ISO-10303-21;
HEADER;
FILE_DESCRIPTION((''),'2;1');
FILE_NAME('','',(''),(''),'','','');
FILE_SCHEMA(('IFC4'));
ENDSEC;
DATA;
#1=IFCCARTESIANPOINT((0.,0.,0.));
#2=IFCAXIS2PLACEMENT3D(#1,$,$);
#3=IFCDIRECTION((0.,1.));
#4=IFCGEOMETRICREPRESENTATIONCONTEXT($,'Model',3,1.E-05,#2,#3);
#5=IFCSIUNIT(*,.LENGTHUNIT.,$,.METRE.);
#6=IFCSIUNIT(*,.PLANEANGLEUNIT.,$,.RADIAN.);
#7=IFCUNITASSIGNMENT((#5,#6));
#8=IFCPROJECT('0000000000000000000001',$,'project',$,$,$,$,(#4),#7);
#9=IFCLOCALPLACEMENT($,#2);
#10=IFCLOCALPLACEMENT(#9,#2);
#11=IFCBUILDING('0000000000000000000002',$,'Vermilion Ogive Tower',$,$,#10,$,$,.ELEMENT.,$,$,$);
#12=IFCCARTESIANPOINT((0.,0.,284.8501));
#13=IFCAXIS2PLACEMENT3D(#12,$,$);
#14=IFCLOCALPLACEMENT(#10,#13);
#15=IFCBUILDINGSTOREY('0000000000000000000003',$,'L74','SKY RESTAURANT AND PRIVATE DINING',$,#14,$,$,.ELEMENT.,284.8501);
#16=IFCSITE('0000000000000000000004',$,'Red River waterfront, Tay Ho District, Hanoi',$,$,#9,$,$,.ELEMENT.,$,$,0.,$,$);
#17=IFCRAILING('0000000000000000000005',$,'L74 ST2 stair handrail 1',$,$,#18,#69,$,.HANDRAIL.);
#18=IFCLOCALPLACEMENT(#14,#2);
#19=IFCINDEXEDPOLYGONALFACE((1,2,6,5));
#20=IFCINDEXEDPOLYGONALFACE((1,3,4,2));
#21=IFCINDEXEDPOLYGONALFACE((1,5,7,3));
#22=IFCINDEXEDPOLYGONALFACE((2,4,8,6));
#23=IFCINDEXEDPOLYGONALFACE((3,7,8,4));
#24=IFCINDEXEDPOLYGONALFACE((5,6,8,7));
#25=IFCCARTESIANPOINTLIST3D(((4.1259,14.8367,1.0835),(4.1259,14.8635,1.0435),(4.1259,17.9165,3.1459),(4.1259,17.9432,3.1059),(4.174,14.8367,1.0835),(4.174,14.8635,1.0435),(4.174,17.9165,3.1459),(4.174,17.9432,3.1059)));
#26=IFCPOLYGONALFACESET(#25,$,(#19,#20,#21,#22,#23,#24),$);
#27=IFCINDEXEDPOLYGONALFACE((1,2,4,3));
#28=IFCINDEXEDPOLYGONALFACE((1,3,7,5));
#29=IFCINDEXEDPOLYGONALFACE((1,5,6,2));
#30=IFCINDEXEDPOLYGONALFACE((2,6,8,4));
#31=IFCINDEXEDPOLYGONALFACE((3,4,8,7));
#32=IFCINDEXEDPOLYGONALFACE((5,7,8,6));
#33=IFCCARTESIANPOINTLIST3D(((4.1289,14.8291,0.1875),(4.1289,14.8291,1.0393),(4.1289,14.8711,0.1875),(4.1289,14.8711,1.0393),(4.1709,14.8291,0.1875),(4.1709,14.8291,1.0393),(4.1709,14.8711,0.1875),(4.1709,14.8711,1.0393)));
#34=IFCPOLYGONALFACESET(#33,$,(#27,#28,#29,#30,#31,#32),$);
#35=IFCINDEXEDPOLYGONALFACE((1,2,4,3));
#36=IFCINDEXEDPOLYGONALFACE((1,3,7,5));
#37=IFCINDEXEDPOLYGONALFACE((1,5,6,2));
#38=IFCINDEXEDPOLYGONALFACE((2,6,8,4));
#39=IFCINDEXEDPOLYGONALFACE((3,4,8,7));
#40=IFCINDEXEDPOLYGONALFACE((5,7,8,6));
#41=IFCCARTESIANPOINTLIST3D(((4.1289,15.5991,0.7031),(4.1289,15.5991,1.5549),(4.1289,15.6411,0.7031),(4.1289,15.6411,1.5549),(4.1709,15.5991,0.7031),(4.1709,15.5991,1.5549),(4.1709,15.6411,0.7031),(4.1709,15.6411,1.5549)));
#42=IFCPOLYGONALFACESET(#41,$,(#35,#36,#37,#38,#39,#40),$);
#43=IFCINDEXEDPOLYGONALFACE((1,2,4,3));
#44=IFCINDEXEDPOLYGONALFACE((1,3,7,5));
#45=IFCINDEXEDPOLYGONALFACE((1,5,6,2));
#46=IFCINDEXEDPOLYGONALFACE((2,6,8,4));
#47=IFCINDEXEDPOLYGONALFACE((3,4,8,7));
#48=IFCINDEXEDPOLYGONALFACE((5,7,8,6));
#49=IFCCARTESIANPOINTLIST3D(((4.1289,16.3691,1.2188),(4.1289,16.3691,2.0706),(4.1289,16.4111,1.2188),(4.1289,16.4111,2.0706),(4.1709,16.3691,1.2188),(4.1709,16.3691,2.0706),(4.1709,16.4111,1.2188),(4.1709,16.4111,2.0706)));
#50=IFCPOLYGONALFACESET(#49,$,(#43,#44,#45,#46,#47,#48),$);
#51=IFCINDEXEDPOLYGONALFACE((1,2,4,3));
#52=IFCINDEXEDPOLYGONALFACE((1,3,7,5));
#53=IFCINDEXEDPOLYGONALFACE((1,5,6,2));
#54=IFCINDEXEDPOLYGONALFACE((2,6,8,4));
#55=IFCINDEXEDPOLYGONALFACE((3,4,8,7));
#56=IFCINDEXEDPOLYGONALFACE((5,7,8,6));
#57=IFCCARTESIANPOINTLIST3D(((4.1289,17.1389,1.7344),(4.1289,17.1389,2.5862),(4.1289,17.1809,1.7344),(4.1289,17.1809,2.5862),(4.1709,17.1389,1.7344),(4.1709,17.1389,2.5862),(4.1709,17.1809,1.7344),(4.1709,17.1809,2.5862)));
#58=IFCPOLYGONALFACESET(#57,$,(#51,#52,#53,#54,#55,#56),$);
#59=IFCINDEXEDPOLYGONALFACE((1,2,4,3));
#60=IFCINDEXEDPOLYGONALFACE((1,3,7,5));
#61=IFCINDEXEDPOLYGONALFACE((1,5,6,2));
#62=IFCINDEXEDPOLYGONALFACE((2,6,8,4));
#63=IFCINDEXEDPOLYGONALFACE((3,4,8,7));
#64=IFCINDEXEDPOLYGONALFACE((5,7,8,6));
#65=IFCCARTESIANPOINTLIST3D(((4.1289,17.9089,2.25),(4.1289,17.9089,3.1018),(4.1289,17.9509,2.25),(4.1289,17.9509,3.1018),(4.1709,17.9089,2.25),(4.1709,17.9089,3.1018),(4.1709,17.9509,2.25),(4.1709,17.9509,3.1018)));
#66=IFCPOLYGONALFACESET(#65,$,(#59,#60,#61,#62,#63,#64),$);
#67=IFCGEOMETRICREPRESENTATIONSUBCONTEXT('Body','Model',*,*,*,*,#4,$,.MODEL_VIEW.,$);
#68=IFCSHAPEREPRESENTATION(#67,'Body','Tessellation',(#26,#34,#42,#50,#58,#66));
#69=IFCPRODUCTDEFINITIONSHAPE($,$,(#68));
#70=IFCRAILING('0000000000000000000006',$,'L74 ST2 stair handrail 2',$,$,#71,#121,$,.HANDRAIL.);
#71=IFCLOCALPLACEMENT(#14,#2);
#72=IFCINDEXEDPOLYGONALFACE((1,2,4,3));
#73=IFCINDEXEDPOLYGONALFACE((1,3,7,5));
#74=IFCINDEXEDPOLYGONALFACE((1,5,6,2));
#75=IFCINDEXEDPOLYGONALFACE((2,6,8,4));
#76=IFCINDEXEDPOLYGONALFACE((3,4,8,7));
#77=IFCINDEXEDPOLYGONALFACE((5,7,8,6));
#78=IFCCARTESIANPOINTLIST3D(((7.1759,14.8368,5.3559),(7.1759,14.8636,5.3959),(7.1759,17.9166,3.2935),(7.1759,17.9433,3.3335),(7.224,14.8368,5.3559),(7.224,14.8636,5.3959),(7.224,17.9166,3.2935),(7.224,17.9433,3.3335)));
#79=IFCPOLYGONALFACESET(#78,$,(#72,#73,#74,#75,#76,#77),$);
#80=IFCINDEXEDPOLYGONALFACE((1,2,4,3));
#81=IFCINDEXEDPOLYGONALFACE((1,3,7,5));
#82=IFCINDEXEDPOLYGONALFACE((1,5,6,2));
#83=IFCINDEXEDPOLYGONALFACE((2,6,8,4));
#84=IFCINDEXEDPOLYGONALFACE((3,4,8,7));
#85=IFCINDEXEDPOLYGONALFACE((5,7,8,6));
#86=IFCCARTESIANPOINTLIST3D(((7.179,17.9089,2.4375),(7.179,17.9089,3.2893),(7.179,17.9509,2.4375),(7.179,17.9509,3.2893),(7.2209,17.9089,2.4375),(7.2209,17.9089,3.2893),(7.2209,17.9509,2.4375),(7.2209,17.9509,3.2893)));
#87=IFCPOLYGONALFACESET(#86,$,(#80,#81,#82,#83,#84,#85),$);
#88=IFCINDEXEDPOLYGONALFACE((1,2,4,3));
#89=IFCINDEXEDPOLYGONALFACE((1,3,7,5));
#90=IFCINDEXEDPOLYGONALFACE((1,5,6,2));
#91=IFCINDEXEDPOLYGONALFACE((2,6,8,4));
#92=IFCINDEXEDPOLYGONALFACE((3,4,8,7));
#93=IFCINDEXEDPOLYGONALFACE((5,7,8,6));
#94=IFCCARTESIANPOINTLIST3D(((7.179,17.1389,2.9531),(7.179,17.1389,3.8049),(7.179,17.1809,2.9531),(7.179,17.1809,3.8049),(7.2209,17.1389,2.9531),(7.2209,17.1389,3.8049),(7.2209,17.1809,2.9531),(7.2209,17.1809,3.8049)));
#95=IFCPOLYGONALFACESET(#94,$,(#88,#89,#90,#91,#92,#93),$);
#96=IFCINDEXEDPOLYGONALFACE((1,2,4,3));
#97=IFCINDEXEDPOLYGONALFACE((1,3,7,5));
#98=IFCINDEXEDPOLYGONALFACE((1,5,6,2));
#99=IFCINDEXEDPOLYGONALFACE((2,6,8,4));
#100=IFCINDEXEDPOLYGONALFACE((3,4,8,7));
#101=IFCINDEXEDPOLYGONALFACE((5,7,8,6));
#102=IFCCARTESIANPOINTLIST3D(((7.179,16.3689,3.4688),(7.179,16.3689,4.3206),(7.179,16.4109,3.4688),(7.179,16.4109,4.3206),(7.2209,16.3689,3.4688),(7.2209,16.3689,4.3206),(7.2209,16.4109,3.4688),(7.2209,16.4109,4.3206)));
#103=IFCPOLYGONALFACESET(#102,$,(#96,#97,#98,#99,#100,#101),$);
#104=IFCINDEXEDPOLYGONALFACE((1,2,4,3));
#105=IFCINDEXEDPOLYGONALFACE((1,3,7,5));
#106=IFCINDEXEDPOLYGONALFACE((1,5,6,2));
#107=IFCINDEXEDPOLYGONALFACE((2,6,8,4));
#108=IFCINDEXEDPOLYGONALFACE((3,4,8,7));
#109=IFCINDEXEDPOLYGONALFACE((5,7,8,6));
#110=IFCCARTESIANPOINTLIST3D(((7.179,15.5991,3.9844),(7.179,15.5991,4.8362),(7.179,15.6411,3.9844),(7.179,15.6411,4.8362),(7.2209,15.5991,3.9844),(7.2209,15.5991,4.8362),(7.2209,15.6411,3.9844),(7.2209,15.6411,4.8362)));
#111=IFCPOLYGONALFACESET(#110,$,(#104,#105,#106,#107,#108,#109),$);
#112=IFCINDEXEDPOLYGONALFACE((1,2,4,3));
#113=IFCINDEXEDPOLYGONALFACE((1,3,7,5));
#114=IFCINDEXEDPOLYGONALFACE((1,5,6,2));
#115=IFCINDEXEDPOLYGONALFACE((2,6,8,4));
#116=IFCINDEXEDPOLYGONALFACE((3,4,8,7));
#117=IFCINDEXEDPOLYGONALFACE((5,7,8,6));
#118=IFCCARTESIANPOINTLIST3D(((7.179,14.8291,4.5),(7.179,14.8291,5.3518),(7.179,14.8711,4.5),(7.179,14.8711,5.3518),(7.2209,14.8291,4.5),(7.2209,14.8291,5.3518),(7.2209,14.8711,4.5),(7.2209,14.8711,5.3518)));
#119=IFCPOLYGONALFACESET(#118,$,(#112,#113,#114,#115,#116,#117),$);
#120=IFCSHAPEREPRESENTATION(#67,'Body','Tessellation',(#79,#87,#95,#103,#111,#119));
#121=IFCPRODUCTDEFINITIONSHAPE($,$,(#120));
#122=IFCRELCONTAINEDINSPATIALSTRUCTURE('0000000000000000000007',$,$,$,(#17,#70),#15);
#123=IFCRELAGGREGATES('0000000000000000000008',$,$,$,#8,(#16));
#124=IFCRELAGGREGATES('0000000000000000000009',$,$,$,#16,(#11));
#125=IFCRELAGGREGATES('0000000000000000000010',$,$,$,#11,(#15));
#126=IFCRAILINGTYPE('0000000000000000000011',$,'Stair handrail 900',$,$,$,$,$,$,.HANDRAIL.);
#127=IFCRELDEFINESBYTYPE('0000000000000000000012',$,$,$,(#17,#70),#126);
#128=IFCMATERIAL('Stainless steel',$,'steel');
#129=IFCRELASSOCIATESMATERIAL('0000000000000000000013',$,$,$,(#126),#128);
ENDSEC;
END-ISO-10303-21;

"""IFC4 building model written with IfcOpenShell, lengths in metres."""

from ifc_helpers import new_model, si_unit, direction, frame, origin, origin_2d, place, context, subcontext, project, spatial, rectangle, extrude, material, type_object, element, save


model = new_model("IFC4")

# Units and contexts
model_context = context("Model", 3, precision=1e-05, world=origin(), true_north=direction((0.0, 1.0)))
body_context = subcontext(model_context, "Body", "Model", "MODEL_VIEW")
ifc_project = project(units=[si_unit("LENGTHUNIT", "METRE"), si_unit("PLANEANGLEUNIT", "RADIAN")], contexts=[model_context])

# Site, building, storey
site_placement = place(None, origin())
site = spatial("IfcSite", under=ifc_project, at=site_placement, Name="Red River waterfront, Tay Ho District, Hanoi", CompositionType="ELEMENT", RefElevation=0.0)
building_placement = place(site_placement, origin())
building = spatial("IfcBuilding", under=site, at=building_placement, Name="Vermilion Ogive Tower", CompositionType="ELEMENT")
storey_placement = place(building_placement, frame((0.0, 0.0, 284.8501)))
storey = spatial("IfcBuildingStorey", under=building, at=storey_placement, Name="L74", Description="SKY RESTAURANT AND PRIVATE DINING", CompositionType="ELEMENT", Elevation=284.8501)

# Railings
ifc_material_1 = material(Name="Stainless steel", Category="steel")
railing_type_1 = type_object("IfcRailingType", Name="Stair handrail 900", PredefinedType="HANDRAIL", material=ifc_material_1)
railing_1_placement = place(storey_placement, frame((4.1499, 14.8501, 0.1875)))
element("IfcRailing", 1, at=railing_1_placement, inside=storey, type_object=railing_type_1, Name="L74 ST2 stair handrail 1", PredefinedType="HANDRAIL", context=body_context, shape_type="SweptSolid", body=[
    extrude(rectangle(XDim=0.0481, YDim=0.0481, at=origin_2d()), frame((0.0, 0.0, 0.876), z_axis=(0.0, 0.830893, 0.556432), x_axis=(-1.0, 0.0, 0.0)), (0.0, 0.0, 1.0), 3.7065),
    extrude(rectangle(XDim=0.042, YDim=0.042, at=origin_2d()), origin(), (0.0, 0.0, 1.0), 0.8518),
    extrude(rectangle(XDim=0.042, YDim=0.042, at=origin_2d()), frame((0.0, 0.77, 0.5156)), (0.0, 0.0, 1.0), 0.8518),
    extrude(rectangle(XDim=0.042, YDim=0.042, at=origin_2d()), frame((0.0, 1.54, 1.0312)), (0.0, 0.0, 1.0), 0.8518),
    extrude(rectangle(XDim=0.042, YDim=0.042, at=origin_2d()), frame((0.0, 2.3098, 1.5469)), (0.0, 0.0, 1.0), 0.8518),
    extrude(rectangle(XDim=0.042, YDim=0.042, at=origin_2d()), frame((0.0, 3.0798, 2.0625)), (0.0, 0.0, 1.0), 0.8518),
])
railing_2_placement = place(storey_placement, frame((7.2, 17.9299, 2.4375)))
element("IfcRailing", 2, at=railing_2_placement, inside=storey, type_object=railing_type_1, Name="L74 ST2 stair handrail 2", PredefinedType="HANDRAIL", context=body_context, shape_type="SweptSolid", body=[
    extrude(rectangle(XDim=0.0481, YDim=0.0481, at=origin_2d()), frame((0.0, 0.0, 0.876), z_axis=(0.0, -0.830893, 0.556432), x_axis=(1.0, 0.0, 0.0)), (0.0, 0.0, 1.0), 3.7065),
    extrude(rectangle(XDim=0.042, YDim=0.042, at=origin_2d()), origin(), (0.0, 0.0, 1.0), 0.8518),
    extrude(rectangle(XDim=0.042, YDim=0.042, at=origin_2d()), frame((0.0, -0.77, 0.5156)), (0.0, 0.0, 1.0), 0.8518),
    extrude(rectangle(XDim=0.042, YDim=0.042, at=origin_2d()), frame((0.0, -1.54, 1.0312)), (0.0, 0.0, 1.0), 0.8518),
    extrude(rectangle(XDim=0.042, YDim=0.042, at=origin_2d()), frame((0.0, -2.3098, 1.5469)), (0.0, 0.0, 1.0), 0.8518),
    extrude(rectangle(XDim=0.042, YDim=0.042, at=origin_2d()), frame((0.0, -3.0798, 2.0625)), (0.0, 0.0, 1.0), 0.8518),
])

save(model, "model.ifc")
